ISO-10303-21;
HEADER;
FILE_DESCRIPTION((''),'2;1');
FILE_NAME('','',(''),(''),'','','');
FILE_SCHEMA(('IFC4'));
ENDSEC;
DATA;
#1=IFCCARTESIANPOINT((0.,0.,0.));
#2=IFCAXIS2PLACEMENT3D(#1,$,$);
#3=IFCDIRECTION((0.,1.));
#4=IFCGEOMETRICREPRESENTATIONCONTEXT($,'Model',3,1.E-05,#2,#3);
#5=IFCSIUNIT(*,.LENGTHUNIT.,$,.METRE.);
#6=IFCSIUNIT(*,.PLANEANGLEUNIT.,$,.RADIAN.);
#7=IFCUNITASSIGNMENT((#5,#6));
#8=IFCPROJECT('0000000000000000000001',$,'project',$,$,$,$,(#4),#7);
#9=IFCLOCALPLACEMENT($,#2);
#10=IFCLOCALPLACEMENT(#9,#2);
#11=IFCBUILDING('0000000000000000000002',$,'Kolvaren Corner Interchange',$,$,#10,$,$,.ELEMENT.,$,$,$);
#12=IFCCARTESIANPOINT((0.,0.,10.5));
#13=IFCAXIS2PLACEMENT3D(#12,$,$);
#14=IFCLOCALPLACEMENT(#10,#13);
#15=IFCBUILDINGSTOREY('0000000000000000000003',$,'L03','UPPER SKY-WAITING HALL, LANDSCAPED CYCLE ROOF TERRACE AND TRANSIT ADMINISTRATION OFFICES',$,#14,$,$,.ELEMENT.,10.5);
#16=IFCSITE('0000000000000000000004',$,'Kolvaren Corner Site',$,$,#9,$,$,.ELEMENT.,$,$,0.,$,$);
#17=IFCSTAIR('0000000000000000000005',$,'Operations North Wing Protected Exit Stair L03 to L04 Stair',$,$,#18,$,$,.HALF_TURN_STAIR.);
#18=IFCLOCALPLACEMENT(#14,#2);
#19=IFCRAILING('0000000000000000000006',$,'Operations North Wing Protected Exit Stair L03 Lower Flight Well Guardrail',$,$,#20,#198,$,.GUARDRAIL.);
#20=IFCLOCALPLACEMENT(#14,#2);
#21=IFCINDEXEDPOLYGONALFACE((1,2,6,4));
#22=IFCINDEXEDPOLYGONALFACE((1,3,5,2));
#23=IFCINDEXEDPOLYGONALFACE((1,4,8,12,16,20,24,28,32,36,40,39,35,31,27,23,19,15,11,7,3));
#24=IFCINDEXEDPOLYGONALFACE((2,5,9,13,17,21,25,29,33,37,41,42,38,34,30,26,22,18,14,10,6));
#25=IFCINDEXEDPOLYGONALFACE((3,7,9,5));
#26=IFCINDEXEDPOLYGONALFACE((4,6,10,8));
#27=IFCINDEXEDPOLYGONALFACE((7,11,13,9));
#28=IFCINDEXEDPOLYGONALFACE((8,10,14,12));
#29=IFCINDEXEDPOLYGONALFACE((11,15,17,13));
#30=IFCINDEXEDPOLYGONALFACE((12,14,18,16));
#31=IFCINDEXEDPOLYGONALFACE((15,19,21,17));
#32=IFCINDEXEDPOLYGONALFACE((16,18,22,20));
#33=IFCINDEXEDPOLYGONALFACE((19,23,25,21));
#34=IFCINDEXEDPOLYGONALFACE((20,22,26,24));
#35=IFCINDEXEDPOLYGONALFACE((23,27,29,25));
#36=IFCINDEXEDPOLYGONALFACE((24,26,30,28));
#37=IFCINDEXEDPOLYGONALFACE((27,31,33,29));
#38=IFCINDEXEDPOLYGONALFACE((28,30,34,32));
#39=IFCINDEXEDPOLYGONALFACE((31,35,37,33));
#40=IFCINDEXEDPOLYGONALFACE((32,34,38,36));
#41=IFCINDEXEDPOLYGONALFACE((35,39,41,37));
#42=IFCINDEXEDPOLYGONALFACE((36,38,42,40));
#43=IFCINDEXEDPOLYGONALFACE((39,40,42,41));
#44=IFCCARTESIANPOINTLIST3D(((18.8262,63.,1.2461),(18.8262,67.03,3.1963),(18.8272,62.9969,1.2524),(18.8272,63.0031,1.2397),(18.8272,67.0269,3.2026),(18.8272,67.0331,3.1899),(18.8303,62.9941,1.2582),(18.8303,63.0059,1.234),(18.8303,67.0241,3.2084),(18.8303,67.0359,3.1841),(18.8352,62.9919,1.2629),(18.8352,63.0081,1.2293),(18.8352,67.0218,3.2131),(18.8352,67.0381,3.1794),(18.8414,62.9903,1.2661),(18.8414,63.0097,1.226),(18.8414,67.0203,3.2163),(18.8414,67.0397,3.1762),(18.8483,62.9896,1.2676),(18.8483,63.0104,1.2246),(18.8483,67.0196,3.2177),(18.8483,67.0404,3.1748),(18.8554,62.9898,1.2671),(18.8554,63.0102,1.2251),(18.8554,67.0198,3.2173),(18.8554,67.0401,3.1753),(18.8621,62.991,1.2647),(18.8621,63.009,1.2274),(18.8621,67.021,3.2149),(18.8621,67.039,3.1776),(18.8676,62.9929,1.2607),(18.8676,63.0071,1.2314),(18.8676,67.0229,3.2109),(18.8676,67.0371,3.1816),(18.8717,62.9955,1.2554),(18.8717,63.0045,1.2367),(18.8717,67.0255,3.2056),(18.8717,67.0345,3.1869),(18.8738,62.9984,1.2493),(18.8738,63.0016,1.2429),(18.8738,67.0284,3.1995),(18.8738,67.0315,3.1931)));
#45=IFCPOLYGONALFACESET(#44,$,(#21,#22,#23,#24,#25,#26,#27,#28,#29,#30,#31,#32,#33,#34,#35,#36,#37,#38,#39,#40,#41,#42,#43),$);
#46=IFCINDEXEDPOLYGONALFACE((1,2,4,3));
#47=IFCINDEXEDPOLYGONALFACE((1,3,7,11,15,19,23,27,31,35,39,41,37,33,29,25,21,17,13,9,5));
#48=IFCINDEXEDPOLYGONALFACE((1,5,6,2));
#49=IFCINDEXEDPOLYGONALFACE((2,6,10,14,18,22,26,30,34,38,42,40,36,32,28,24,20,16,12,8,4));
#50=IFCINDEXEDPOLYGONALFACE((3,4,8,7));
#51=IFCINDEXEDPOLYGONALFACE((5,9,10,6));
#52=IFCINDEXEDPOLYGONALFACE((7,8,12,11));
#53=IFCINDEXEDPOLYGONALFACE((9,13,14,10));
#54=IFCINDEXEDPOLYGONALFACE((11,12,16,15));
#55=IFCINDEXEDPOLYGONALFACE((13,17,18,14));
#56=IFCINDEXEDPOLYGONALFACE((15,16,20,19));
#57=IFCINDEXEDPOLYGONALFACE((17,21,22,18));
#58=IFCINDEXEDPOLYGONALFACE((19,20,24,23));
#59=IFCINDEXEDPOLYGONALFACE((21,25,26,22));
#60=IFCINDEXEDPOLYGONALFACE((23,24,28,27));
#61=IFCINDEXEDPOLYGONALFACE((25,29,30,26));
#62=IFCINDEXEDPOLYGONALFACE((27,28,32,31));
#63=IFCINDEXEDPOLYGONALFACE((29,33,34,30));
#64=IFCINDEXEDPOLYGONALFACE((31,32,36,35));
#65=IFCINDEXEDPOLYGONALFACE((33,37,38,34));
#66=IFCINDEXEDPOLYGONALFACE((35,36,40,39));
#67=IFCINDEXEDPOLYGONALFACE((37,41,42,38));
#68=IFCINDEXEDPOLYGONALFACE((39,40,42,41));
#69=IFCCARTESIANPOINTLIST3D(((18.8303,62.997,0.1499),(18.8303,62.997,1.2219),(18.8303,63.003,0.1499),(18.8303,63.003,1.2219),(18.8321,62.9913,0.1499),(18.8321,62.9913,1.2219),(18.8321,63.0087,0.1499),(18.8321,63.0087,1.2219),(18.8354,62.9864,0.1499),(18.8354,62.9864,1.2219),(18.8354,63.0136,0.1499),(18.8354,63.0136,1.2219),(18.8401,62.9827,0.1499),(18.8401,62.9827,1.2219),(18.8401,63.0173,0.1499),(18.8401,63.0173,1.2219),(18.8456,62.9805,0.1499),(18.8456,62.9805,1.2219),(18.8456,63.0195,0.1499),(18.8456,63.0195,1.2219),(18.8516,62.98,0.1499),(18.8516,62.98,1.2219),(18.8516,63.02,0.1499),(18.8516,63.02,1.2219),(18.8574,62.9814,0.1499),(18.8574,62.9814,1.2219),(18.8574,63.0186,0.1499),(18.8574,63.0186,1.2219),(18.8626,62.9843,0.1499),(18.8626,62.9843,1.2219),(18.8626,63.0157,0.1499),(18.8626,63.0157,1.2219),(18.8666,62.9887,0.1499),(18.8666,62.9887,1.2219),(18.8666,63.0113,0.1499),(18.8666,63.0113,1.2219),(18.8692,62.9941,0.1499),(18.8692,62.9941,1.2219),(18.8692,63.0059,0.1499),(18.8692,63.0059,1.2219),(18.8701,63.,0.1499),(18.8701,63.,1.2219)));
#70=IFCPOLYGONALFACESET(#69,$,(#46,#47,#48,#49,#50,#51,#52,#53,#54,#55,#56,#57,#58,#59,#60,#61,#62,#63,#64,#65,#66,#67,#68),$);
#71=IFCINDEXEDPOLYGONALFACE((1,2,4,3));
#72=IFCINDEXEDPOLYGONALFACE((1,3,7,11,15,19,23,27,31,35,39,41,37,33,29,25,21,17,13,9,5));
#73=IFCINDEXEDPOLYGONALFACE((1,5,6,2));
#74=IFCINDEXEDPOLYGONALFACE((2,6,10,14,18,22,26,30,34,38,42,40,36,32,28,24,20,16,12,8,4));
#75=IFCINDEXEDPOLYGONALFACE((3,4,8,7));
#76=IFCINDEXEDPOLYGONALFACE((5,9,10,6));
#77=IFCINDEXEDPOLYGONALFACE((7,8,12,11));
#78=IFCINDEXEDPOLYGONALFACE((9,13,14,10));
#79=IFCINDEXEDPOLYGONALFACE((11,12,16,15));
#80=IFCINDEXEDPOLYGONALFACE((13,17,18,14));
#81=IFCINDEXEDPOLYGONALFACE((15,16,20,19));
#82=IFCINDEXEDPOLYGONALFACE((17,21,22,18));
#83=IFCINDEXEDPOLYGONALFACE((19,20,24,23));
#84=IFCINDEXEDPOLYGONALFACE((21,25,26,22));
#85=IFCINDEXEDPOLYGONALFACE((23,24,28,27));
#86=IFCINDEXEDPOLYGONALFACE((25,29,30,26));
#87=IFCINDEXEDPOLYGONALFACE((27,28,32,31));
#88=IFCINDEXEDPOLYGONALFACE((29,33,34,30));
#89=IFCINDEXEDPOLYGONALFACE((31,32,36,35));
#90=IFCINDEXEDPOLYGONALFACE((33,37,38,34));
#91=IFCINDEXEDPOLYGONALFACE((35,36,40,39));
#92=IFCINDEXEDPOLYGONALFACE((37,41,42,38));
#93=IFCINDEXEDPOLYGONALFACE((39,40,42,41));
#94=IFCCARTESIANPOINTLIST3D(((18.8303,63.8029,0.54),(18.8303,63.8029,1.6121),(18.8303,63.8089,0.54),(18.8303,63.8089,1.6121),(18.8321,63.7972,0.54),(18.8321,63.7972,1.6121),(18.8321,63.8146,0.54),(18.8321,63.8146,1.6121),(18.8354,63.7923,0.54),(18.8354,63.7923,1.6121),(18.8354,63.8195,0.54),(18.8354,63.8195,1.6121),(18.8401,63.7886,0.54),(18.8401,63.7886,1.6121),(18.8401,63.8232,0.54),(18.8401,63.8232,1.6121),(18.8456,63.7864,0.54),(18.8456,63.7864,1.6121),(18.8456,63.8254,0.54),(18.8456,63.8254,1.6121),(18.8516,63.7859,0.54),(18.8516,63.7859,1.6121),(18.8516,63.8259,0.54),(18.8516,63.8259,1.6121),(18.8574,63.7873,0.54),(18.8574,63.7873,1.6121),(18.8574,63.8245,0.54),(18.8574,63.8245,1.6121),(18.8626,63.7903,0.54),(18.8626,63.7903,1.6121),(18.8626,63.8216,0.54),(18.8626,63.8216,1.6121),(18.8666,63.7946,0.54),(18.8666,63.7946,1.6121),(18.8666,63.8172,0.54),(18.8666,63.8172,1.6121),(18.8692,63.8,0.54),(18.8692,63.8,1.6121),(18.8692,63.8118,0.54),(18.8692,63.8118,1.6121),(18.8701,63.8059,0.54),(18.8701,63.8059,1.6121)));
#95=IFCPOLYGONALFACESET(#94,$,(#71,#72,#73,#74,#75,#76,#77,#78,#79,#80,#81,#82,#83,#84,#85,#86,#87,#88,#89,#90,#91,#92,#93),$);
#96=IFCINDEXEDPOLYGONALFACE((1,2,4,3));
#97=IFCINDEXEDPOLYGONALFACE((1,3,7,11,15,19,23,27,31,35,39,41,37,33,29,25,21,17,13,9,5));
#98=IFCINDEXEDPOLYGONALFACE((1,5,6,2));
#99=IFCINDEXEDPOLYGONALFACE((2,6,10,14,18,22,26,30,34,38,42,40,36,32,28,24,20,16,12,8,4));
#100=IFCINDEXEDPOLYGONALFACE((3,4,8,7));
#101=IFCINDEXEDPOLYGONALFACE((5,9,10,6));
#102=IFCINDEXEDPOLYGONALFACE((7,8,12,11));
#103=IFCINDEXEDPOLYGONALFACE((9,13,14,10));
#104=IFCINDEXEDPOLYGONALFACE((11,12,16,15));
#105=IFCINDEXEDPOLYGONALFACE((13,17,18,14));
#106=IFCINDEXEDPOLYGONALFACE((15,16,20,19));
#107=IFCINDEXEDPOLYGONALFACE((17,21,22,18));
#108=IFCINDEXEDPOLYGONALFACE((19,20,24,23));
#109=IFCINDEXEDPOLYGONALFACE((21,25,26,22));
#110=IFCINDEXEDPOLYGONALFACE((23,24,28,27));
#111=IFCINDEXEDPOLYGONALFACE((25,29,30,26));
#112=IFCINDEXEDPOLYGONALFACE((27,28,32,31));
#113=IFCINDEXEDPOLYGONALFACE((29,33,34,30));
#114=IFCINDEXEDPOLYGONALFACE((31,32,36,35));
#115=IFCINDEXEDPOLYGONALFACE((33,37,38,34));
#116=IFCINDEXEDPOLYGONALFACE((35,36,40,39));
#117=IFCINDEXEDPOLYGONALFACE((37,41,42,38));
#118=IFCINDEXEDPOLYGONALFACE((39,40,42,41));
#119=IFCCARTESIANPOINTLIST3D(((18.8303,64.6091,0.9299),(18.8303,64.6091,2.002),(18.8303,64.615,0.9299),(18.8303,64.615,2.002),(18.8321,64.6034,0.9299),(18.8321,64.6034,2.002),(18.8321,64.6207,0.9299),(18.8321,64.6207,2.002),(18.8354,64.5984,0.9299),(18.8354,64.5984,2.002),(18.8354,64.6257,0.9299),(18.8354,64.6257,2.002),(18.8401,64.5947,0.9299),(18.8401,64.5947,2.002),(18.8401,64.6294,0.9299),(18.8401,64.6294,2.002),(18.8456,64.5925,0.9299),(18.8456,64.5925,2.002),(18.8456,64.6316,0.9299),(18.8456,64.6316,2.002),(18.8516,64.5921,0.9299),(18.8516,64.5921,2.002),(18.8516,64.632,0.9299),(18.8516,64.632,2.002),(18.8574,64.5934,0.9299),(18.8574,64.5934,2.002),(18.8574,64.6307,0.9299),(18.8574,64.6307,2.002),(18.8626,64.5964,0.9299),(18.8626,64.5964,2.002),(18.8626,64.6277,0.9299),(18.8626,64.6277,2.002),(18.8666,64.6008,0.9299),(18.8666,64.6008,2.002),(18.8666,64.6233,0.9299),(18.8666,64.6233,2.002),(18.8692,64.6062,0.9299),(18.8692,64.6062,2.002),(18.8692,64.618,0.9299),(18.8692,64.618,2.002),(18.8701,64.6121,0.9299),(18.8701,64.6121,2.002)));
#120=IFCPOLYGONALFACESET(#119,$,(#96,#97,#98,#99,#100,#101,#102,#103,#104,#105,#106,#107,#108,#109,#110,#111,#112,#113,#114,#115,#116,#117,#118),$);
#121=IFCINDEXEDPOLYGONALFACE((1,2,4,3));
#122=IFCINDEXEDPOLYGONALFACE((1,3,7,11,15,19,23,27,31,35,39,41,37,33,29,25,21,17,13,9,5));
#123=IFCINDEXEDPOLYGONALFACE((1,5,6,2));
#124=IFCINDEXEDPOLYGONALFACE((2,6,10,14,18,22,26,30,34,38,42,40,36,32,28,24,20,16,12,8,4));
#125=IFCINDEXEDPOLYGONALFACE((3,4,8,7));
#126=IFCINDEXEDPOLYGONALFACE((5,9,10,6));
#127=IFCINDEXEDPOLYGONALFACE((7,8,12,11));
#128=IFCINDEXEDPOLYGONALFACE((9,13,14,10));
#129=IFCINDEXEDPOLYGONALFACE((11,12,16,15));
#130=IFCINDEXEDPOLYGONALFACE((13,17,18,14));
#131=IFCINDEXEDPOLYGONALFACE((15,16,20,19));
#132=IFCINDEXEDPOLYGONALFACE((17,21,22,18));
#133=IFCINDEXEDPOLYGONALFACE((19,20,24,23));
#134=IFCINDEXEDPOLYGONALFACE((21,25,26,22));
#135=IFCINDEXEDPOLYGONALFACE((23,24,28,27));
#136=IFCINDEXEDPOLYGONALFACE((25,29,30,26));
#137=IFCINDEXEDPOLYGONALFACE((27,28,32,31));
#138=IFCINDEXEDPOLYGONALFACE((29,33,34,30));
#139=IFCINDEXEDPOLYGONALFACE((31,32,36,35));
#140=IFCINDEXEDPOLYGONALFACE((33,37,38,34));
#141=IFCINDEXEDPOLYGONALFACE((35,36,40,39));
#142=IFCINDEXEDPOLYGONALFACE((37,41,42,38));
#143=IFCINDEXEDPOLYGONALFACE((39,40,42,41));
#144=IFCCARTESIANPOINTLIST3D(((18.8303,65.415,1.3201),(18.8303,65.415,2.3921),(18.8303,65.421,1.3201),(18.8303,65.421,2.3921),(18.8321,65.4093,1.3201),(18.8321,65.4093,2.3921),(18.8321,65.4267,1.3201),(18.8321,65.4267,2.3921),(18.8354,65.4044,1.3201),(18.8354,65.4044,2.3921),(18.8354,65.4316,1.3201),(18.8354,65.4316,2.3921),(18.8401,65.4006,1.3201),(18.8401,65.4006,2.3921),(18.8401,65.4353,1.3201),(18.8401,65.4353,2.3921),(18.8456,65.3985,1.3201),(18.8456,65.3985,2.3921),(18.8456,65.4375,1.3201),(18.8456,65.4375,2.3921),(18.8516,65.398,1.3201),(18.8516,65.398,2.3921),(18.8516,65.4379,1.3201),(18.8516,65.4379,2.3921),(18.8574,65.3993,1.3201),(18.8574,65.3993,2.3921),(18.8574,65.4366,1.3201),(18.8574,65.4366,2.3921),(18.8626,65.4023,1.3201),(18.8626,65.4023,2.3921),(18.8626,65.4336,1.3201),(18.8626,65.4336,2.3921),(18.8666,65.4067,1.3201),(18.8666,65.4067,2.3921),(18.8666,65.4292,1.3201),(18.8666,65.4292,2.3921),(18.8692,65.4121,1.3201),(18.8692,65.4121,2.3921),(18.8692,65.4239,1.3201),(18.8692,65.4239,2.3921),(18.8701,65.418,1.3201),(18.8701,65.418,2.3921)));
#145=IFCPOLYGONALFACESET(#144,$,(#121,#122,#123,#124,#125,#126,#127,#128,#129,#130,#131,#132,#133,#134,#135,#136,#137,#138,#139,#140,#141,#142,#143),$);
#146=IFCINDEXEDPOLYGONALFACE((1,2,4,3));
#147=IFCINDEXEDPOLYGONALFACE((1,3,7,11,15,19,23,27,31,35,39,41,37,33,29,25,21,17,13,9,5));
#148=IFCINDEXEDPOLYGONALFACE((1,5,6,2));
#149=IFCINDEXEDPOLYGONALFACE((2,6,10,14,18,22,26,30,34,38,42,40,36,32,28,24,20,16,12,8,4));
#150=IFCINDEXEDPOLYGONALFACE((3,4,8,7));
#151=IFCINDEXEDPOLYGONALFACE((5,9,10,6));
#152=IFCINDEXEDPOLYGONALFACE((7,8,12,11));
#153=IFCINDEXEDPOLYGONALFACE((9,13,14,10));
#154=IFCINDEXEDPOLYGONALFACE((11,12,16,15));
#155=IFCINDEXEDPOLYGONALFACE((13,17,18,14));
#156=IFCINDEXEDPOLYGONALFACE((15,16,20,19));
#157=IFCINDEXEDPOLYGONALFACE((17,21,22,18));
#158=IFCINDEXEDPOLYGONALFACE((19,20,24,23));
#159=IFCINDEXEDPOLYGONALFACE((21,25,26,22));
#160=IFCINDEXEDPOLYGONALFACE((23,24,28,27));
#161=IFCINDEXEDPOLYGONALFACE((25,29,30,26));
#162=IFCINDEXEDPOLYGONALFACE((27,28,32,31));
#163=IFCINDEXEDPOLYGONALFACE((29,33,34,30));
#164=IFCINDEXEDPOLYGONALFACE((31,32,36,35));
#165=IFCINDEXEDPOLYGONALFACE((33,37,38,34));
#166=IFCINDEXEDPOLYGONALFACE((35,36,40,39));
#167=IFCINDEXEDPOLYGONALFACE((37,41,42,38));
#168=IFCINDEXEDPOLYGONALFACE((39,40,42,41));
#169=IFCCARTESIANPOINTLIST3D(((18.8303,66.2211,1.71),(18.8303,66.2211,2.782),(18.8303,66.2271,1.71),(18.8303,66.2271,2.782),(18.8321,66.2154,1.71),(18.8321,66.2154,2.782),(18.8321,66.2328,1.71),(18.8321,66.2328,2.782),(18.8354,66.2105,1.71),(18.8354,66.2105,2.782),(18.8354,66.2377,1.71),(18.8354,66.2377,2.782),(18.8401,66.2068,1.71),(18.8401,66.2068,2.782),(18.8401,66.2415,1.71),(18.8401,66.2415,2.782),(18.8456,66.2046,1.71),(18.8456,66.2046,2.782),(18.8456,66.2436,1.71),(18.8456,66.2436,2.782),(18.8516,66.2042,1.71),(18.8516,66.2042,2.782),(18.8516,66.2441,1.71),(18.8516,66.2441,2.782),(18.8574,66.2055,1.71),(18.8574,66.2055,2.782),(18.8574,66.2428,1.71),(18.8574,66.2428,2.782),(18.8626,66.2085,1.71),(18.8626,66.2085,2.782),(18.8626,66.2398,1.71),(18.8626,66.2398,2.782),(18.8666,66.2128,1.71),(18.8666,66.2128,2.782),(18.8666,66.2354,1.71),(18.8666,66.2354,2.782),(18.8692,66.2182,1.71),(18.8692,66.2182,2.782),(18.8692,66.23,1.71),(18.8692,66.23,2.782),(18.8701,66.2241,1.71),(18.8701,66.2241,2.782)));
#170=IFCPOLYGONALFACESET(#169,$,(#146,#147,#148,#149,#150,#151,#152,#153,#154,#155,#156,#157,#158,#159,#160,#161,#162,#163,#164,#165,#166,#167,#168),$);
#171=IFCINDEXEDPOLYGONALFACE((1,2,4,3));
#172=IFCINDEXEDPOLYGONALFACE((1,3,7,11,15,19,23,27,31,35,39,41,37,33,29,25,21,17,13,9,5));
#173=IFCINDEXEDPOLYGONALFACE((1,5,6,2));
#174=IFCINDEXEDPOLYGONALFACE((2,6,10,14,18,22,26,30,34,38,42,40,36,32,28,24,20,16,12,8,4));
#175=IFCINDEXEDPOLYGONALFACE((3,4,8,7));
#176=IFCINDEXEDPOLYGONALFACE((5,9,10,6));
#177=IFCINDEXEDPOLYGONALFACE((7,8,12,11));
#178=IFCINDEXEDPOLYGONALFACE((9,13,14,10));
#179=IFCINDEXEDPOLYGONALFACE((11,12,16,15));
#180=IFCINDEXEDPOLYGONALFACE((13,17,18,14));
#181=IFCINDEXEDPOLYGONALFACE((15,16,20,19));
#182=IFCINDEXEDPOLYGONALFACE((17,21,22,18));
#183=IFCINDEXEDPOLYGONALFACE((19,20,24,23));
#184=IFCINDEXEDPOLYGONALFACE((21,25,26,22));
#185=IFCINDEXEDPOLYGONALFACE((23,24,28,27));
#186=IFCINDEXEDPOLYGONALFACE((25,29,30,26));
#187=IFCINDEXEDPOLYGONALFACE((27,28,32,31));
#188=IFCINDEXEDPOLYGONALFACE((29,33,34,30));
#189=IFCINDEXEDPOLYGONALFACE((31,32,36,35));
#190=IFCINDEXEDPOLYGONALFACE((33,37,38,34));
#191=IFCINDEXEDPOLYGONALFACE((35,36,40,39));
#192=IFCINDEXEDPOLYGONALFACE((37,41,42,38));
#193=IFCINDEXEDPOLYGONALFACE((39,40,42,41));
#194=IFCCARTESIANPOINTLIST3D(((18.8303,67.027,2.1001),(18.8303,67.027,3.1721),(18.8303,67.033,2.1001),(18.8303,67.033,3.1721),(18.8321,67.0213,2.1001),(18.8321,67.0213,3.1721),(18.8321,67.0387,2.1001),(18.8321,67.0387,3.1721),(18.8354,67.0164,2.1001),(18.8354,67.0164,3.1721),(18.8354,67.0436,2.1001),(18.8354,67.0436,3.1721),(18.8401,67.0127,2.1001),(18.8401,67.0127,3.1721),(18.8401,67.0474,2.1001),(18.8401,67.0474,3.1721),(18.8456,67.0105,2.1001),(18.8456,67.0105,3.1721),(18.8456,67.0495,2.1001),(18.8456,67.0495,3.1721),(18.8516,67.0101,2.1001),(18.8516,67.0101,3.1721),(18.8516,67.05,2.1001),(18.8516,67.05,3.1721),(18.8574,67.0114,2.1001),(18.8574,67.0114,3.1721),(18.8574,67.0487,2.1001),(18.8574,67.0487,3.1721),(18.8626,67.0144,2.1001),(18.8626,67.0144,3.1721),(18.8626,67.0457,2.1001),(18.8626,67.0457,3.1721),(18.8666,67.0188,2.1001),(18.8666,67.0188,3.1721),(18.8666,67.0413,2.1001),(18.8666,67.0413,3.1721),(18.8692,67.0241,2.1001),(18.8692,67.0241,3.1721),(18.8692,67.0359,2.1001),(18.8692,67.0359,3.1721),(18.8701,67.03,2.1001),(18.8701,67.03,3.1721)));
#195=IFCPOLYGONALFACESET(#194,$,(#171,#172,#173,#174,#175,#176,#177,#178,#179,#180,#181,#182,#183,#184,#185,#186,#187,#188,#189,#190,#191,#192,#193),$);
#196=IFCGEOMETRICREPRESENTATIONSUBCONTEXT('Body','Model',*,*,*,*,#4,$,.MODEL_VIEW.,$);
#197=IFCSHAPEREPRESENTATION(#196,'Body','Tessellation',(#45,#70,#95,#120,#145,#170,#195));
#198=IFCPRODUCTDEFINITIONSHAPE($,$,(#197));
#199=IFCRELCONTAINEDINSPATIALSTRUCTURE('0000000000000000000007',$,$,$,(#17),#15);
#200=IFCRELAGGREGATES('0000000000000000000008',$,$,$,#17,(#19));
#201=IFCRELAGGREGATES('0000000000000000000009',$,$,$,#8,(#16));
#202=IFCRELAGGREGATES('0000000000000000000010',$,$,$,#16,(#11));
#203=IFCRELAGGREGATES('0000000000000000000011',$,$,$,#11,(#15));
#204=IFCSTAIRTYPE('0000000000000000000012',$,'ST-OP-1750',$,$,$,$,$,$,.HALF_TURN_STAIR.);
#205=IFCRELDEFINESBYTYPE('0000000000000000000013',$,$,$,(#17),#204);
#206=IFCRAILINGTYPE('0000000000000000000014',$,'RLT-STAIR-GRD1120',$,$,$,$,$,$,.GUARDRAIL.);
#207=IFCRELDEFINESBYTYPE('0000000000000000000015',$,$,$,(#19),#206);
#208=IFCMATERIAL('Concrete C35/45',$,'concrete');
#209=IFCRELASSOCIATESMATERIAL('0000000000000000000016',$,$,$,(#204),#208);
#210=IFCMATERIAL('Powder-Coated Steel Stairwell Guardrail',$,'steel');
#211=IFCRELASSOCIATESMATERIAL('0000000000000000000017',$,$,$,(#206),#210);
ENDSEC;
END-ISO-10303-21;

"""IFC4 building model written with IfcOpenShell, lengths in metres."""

from ifc_helpers import new_model, si_unit, direction, frame, origin, origin_2d, place, context, subcontext, project, spatial, circle, extrude, material, type_object, element, aggregate, save


model = new_model("IFC4")

# Units and contexts
model_context = context("Model", 3, precision=1e-05, world=origin(), true_north=direction((0.0, 1.0)))
body_context = subcontext(model_context, "Body", "Model", "MODEL_VIEW")
ifc_project = project(units=[si_unit("LENGTHUNIT", "METRE"), si_unit("PLANEANGLEUNIT", "RADIAN")], contexts=[model_context])

# Site, building, storey
site_placement = place(None, origin())
site = spatial("IfcSite", under=ifc_project, at=site_placement, Name="Kolvaren Corner Site", CompositionType="ELEMENT", RefElevation=0.0)
building_placement = place(site_placement, origin())
building = spatial("IfcBuilding", under=site, at=building_placement, Name="Kolvaren Corner Interchange", CompositionType="ELEMENT")
storey_placement = place(building_placement, frame((0.0, 0.0, 10.5)))
storey = spatial("IfcBuildingStorey", under=building, at=storey_placement, Name="L03", Description="UPPER SKY-WAITING HALL, LANDSCAPED CYCLE ROOF TERRACE AND TRANSIT ADMINISTRATION OFFICES", CompositionType="ELEMENT", Elevation=10.5)

# Stair
ifc_material_1 = material(Name="Concrete C35/45", Category="concrete")
stair_type = type_object("IfcStairType", Name="ST-OP-1750", PredefinedType="HALF_TURN_STAIR", material=ifc_material_1)
stair_placement = place(storey_placement, origin())
stair = element("IfcStair", 1, at=stair_placement, inside=storey, type_object=stair_type, Name="Operations North Wing Protected Exit Stair L03 to L04 Stair", PredefinedType="HALF_TURN_STAIR")

# Railing
ifc_material_2 = material(Name="Powder-Coated Steel Stairwell Guardrail", Category="steel")
railing_type_1 = type_object("IfcRailingType", Name="RLT-STAIR-GRD1120", PredefinedType="GUARDRAIL", material=ifc_material_2)
railing_1_placement = place(storey_placement, frame((18.8501, 63.0, 0.1499)))
railing_1 = element("IfcRailing", 2, at=railing_1_placement, type_object=railing_type_1, Name="Operations North Wing Protected Exit Stair L03 Lower Flight Well Guardrail", PredefinedType="GUARDRAIL", context=body_context, shape_type="SweptSolid", body=[
    extrude(circle(Radius=0.0239, at=origin_2d()), frame((0.0, 0.0, 1.0962), z_axis=(0.0, 0.900143, 0.435594), x_axis=(-1.0, 0.0, 0.0)), (0.0, 0.0, 1.0), 4.4771),
    extrude(circle(Radius=0.02, at=origin_2d()), origin(), (0.0, 0.0, 1.0), 1.072),
    extrude(circle(Radius=0.02, at=origin_2d()), frame((0.0, 0.8059, 0.3901)), (0.0, 0.0, 1.0), 1.072),
    extrude(circle(Radius=0.02, at=origin_2d()), frame((0.0, 1.6121, 0.78)), (0.0, 0.0, 1.0), 1.072),
    extrude(circle(Radius=0.02, at=origin_2d()), frame((0.0, 2.418, 1.1702)), (0.0, 0.0, 1.0), 1.072),
    extrude(circle(Radius=0.02, at=origin_2d()), frame((0.0, 3.2241, 1.5601)), (0.0, 0.0, 1.0), 1.072),
    extrude(circle(Radius=0.02, at=origin_2d()), frame((0.0, 4.03, 1.9502)), (0.0, 0.0, 1.0), 1.072),
])
aggregate(stair, [railing_1])

save(model, "model.ifc")
